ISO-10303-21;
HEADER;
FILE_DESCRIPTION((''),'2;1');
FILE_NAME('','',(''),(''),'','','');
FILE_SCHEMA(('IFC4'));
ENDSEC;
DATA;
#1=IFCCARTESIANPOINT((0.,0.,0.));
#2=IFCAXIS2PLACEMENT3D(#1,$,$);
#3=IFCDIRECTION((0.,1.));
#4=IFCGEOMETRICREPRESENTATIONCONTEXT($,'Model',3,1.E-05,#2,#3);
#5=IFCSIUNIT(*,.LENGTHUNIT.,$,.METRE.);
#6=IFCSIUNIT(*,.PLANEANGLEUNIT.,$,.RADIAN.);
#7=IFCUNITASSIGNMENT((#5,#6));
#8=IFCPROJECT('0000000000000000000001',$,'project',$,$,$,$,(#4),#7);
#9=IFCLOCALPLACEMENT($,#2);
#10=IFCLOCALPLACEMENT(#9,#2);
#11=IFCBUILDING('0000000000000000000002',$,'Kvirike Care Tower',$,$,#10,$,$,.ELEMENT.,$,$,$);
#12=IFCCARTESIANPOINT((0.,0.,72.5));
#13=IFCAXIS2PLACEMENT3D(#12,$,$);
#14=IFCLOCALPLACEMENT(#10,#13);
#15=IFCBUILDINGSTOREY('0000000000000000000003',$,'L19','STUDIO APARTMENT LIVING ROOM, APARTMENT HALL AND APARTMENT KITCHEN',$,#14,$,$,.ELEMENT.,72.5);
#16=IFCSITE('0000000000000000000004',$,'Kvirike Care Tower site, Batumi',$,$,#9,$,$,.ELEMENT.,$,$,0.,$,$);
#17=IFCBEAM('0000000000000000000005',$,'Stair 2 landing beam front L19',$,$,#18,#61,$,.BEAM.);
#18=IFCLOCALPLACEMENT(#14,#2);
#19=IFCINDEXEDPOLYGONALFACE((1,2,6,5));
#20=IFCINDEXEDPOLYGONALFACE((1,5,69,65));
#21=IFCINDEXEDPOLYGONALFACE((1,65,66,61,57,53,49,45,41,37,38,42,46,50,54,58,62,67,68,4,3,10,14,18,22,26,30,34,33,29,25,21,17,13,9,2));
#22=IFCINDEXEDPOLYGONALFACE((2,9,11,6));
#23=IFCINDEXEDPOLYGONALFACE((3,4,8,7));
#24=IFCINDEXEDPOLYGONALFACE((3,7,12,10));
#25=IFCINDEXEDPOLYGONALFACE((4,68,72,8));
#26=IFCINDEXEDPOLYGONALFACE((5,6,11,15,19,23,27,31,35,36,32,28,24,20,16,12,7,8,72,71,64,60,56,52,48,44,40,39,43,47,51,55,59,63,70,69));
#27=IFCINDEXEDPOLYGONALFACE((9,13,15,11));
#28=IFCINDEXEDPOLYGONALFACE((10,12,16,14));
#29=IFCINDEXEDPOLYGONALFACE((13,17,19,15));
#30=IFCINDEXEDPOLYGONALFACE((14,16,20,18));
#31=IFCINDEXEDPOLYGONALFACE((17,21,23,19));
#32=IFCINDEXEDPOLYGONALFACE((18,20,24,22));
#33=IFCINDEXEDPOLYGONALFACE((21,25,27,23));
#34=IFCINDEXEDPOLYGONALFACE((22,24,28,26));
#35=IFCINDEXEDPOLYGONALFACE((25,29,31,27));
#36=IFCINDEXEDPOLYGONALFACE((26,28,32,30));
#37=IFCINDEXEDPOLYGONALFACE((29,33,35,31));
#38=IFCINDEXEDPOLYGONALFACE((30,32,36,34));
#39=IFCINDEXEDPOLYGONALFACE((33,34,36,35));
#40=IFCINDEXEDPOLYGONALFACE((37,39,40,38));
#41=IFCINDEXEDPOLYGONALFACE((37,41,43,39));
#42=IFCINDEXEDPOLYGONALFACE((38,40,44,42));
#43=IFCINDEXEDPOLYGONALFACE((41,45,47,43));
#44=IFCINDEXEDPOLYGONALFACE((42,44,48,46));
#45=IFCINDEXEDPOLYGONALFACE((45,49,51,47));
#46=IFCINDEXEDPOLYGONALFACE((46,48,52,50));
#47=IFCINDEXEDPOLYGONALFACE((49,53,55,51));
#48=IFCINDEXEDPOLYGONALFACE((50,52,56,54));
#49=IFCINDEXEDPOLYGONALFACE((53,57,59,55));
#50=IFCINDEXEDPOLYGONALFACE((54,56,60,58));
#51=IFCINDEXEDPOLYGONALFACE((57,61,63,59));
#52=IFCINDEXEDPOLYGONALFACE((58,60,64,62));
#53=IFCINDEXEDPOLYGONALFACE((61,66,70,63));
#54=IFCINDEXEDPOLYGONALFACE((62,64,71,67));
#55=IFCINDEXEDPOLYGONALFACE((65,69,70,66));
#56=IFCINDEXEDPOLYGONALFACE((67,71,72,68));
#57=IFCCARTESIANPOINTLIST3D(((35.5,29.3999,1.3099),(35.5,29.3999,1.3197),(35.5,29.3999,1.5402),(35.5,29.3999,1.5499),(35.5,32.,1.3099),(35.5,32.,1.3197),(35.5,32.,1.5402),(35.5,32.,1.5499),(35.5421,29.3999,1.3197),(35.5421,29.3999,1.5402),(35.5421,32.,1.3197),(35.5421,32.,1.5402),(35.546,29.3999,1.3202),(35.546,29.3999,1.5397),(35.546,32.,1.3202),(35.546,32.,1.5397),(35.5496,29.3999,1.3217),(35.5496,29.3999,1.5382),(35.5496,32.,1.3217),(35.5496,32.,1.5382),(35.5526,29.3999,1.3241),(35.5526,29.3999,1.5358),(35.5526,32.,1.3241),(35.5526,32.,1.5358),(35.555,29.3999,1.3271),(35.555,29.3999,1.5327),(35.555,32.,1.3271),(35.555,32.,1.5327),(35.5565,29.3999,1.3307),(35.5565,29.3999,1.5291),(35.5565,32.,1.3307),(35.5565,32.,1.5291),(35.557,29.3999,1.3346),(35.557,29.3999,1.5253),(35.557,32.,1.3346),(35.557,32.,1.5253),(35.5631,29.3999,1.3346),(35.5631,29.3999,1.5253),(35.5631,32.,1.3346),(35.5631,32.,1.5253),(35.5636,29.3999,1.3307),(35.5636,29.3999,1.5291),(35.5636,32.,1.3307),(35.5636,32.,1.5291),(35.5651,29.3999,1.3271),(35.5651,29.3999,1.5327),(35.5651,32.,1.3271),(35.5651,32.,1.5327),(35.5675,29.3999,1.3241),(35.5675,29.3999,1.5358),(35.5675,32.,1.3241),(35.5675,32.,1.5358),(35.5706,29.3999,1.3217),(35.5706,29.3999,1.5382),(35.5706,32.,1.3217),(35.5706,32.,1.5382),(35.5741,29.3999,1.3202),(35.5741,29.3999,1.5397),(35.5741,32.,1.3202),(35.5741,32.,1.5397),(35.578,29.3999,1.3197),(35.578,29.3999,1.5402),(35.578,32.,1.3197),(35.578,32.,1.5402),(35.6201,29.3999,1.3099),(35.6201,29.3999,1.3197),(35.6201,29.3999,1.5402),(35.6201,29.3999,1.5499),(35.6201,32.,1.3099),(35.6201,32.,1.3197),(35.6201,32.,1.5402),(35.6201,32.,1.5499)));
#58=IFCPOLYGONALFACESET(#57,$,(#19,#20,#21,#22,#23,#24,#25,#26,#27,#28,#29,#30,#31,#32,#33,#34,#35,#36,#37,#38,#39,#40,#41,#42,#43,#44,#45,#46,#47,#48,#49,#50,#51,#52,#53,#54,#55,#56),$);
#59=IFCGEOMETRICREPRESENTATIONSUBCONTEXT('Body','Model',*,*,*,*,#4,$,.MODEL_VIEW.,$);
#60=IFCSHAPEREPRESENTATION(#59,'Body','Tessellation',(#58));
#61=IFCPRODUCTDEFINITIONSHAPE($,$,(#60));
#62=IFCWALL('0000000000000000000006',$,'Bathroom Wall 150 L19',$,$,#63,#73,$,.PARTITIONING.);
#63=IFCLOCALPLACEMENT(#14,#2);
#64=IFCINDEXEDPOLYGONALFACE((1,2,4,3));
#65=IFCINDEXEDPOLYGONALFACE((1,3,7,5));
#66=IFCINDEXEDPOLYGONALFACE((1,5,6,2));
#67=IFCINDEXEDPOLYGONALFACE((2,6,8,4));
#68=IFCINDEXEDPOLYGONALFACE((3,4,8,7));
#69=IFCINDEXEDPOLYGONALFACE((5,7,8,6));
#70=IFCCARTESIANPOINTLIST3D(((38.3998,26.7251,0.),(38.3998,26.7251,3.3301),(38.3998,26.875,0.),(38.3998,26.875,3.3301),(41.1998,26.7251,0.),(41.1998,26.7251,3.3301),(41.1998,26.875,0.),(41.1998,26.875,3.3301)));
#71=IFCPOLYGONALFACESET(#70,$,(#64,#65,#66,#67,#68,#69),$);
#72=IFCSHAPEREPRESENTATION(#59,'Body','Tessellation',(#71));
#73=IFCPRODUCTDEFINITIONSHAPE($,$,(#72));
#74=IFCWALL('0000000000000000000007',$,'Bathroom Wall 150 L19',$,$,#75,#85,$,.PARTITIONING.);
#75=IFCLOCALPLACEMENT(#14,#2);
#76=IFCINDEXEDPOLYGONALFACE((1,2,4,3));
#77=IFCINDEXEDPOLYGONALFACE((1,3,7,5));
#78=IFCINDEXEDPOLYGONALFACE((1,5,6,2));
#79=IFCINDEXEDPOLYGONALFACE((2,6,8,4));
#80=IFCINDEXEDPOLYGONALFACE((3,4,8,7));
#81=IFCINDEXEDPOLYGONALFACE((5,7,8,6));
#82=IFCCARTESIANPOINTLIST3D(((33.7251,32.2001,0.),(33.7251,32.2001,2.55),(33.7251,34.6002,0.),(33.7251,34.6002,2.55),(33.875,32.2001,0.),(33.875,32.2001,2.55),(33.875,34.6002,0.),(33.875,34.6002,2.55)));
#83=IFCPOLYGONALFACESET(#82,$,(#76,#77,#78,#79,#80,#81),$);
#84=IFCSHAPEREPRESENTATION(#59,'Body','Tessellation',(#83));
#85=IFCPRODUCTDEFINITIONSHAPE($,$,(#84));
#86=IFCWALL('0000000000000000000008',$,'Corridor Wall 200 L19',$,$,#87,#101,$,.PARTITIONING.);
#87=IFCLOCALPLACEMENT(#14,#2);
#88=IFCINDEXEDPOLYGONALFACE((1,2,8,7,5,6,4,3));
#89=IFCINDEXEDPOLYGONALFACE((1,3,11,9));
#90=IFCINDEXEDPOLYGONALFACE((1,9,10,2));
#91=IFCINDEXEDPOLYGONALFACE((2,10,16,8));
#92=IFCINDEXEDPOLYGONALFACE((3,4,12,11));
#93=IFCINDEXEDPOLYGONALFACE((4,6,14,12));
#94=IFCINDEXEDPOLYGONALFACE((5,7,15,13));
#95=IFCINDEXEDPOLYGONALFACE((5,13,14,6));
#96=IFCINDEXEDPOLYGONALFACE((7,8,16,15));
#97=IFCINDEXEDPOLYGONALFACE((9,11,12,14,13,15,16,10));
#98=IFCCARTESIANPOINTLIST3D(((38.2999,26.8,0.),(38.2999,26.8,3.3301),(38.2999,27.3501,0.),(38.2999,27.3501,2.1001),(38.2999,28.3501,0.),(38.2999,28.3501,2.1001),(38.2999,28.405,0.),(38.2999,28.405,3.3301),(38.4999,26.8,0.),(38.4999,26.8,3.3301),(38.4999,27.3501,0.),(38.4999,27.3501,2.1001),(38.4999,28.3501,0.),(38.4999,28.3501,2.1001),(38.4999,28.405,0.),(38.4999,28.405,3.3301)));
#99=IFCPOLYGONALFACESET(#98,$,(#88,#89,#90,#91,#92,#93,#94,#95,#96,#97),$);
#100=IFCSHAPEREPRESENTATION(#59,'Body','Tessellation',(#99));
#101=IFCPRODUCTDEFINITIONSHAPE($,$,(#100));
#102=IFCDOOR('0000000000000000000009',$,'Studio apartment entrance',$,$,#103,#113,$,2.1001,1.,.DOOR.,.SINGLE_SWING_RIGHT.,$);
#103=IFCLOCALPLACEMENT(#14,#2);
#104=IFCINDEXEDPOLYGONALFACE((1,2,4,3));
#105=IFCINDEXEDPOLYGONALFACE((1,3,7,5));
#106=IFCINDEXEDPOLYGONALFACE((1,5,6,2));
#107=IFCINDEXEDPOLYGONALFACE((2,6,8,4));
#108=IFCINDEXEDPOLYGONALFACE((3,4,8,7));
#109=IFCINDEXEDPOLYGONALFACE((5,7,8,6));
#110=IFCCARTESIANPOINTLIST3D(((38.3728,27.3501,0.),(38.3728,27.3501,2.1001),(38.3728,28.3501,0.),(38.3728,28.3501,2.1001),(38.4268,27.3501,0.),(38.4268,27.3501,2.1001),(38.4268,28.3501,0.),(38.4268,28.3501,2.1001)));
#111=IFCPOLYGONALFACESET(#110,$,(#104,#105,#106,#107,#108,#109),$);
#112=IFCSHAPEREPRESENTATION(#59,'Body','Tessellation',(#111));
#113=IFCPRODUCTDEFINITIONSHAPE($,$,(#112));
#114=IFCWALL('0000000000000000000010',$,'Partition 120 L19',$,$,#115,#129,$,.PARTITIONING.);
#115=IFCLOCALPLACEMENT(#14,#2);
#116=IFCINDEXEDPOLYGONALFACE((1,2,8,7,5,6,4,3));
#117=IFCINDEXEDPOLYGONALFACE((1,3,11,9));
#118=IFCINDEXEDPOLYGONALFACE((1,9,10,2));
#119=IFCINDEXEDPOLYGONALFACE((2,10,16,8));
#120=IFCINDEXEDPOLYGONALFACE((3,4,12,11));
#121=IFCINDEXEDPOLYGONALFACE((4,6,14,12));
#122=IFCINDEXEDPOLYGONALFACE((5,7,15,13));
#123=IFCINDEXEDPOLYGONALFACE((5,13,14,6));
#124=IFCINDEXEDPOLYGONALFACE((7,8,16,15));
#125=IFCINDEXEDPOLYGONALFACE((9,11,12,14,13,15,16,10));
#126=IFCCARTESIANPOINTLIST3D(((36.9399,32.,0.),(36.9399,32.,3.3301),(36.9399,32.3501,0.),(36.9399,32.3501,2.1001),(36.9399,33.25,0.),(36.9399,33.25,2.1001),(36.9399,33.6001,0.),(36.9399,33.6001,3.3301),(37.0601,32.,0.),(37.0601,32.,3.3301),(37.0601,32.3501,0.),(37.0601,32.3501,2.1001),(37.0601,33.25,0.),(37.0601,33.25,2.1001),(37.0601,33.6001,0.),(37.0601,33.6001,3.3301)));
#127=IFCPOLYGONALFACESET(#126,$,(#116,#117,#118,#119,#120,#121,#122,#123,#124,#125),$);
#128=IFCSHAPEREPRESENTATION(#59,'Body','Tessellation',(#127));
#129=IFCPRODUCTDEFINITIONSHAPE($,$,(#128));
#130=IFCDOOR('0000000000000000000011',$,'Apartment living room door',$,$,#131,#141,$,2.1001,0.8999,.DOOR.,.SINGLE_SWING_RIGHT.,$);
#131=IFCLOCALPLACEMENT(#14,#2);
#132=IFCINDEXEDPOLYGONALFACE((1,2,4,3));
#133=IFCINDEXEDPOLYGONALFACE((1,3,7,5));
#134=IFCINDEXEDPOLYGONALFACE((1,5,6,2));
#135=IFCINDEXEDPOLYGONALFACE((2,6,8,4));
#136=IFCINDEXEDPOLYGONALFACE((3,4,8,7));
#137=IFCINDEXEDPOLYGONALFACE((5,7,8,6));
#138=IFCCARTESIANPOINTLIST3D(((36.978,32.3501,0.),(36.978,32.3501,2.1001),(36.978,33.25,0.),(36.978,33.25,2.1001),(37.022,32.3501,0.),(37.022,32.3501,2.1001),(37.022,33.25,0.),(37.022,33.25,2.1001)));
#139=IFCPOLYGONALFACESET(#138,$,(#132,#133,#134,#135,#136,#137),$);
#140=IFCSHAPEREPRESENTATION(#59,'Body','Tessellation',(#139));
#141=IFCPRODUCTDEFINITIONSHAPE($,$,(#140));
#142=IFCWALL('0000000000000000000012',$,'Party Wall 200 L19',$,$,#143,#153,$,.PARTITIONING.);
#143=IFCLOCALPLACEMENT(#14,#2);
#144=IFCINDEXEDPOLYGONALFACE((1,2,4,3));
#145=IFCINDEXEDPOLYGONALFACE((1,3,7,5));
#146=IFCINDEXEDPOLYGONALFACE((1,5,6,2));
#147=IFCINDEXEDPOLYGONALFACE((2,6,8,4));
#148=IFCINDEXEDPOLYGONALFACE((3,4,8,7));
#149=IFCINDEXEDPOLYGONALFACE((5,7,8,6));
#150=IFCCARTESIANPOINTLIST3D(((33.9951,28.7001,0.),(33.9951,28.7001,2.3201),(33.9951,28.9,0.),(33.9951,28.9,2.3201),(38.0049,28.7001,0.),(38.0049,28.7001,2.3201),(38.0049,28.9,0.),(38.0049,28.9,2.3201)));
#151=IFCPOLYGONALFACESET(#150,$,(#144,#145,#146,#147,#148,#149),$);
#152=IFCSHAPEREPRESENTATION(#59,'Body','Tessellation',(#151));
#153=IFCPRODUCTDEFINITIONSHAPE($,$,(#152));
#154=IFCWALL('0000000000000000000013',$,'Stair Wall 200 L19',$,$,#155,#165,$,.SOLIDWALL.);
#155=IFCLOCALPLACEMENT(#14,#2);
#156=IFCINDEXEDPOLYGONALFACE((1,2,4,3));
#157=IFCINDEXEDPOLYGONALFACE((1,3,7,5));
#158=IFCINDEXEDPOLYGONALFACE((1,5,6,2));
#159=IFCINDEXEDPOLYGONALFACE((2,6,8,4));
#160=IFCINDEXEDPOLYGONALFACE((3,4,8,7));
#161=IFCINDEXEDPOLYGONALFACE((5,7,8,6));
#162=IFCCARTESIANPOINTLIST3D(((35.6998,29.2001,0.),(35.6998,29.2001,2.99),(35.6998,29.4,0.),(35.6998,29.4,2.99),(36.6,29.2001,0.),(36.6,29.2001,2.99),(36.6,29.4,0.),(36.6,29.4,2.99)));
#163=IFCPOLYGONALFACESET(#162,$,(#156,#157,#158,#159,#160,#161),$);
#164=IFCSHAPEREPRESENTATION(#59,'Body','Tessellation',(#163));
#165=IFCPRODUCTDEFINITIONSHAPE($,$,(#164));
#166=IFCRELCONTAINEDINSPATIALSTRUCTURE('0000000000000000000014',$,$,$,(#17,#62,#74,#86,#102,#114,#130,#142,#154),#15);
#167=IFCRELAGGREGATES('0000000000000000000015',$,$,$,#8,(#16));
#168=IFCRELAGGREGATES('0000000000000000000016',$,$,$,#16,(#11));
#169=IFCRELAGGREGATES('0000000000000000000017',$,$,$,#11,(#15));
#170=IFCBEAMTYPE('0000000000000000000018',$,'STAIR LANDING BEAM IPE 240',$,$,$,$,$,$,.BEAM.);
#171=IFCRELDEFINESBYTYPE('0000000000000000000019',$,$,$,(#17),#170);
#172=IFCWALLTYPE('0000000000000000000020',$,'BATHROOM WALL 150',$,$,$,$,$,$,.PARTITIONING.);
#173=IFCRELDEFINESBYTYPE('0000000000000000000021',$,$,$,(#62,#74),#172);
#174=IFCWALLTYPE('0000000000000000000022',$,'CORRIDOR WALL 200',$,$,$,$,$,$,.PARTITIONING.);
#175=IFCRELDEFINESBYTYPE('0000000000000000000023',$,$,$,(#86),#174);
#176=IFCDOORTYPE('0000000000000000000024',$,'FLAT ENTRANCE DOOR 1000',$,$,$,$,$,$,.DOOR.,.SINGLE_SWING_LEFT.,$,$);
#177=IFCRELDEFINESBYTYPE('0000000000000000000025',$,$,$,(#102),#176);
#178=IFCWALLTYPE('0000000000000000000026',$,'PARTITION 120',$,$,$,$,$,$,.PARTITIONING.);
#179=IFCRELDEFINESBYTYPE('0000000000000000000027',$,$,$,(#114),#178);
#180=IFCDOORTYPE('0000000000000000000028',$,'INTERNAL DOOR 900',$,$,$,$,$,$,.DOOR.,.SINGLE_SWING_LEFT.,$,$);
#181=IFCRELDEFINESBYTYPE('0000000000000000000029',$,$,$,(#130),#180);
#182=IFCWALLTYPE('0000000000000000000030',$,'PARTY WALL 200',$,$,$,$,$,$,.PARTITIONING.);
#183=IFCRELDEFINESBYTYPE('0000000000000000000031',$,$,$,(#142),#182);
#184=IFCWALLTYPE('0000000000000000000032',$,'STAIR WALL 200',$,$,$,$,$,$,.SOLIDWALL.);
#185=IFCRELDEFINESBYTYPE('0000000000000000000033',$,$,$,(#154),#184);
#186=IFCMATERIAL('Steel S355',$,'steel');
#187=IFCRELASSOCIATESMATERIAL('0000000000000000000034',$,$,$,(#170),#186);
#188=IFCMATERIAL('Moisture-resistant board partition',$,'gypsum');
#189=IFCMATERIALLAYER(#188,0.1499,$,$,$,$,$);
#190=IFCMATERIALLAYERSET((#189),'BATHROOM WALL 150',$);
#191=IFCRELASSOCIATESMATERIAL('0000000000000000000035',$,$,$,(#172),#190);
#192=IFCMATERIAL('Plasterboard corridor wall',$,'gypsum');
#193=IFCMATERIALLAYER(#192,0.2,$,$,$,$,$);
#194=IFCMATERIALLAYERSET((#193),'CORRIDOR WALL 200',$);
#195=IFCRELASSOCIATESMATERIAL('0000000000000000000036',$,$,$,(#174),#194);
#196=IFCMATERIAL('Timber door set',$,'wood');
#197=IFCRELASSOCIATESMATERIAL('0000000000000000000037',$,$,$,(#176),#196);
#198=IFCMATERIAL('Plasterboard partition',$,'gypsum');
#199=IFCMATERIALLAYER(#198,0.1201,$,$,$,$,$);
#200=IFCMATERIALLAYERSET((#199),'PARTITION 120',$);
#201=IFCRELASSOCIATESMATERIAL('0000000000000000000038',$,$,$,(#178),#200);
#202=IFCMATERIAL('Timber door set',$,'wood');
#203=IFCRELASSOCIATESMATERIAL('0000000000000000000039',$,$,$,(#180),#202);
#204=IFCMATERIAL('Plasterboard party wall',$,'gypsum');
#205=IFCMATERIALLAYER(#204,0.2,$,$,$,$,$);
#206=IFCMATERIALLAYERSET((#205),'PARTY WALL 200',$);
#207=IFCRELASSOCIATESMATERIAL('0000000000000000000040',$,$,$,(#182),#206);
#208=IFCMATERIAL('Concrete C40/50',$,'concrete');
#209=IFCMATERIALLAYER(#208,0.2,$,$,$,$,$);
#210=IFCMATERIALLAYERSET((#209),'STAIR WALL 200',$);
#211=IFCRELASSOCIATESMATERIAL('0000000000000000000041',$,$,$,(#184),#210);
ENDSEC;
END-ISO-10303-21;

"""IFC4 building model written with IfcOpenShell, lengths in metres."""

from ifc_helpers import new_model, si_unit, direction, frame, frame_2d, origin, origin_2d, place, context, subcontext, project, spatial, rectangle, i_section, extrude, material, layer, layer_set, material_profile, profile_set, type_object, element, fill, save


model = new_model("IFC4")

# Units and contexts
model_context = context("Model", 3, precision=1e-05, world=origin(), true_north=direction((0.0, 1.0)))
body_context = subcontext(model_context, "Body", "Model", "MODEL_VIEW")
ifc_project = project(units=[si_unit("LENGTHUNIT", "METRE"), si_unit("PLANEANGLEUNIT", "RADIAN")], contexts=[model_context])

# Site, building, storey
site_placement = place(None, origin())
site = spatial("IfcSite", under=ifc_project, at=site_placement, Name="Kvirike Care Tower site, Batumi", CompositionType="ELEMENT", RefElevation=0.0)
building_placement = place(site_placement, origin())
building = spatial("IfcBuilding", under=site, at=building_placement, Name="Kvirike Care Tower", CompositionType="ELEMENT")
storey_placement = place(building_placement, frame((0.0, 0.0, 72.5)))
storey = spatial("IfcBuildingStorey", under=building, at=storey_placement, Name="L19", Description="STUDIO APARTMENT LIVING ROOM, APARTMENT HALL AND APARTMENT KITCHEN", CompositionType="ELEMENT", Elevation=72.5)

# Beam
ifc_material_1 = material(Name="Steel S355", Category="steel")
ifc_material_profile_1 = material_profile(ifc_material_1, i_section(OverallWidth=0.1201, OverallDepth=0.24, WebThickness=0.0061, FlangeThickness=0.0098, FilletRadius=0.0149, at=origin_2d()), Name="IPE 240")
ifc_profile_set_1 = profile_set([ifc_material_profile_1], Name="Steel S355")
beam_type_1 = type_object("IfcBeamType", Name="STAIR LANDING BEAM IPE 240", PredefinedType="BEAM", material=ifc_profile_set_1)
for number, where, z_axis, x_axis, name in (
    (1, (35.5601, 29.3999, 1.4299), (0.0, 1.0, 0.0), (-1.0, 0.0, 0.0), "Stair 2 landing beam front L19"),
):
    element("IfcBeam", number, at=place(storey_placement, frame(where, z_axis=z_axis, x_axis=x_axis)), inside=storey, type_object=beam_type_1, Name=name, PredefinedType="BEAM", context=body_context, shape_type="SweptSolid", body=[
        extrude(i_section(OverallWidth=0.1201, OverallDepth=0.24, WebThickness=0.0061, FlangeThickness=0.0098, FilletRadius=0.0149, at=origin_2d()), origin(), (0.0, 0.0, 1.0), 2.6001),
    ])

# Walls
ifc_material_2 = material(Name="Moisture-resistant board partition", Category="gypsum")
ifc_layer_1 = layer(ifc_material_2, 0.1499)
ifc_layer_set_1 = layer_set([ifc_layer_1], Name="BATHROOM WALL 150")
wall_type_1 = type_object("IfcWallType", Name="BATHROOM WALL 150", PredefinedType="PARTITIONING", material=ifc_layer_set_1)
wall_1_placement = place(storey_placement, frame((38.3999, 26.8, 0.0), z_axis=(0.0, 0.0, 1.0), x_axis=(1.0, 0.0, 0.0)))
element("IfcWall", 2, at=wall_1_placement, inside=storey, type_object=wall_type_1, Name="Bathroom Wall 150 L19", PredefinedType="PARTITIONING", context=body_context, shape_type="SweptSolid", body=[
    extrude(rectangle(XDim=2.8, YDim=0.1499, at=frame_2d((1.3999, 0.0))), origin(), (0.0, 0.0, 1.0), 3.3301),
])
wall_2_placement = place(storey_placement, frame((33.8, 32.2, 0.0), z_axis=(0.0, 0.0, 1.0), x_axis=(0.0, 1.0, 0.0)))
element("IfcWall", 3, at=wall_2_placement, inside=storey, type_object=wall_type_1, Name="Bathroom Wall 150 L19", PredefinedType="PARTITIONING", context=body_context, shape_type="SweptSolid", body=[
    extrude(rectangle(XDim=2.4001, YDim=0.1499, at=frame_2d((1.2002, 0.0))), origin(), (0.0, 0.0, 1.0), 2.55),
])

# Walls, openings, doors
ifc_material_3 = material(Name="Plasterboard corridor wall", Category="gypsum")
ifc_layer_2 = layer(ifc_material_3, 0.2)
ifc_layer_set_2 = layer_set([ifc_layer_2], Name="CORRIDOR WALL 200")
wall_type_2 = type_object("IfcWallType", Name="CORRIDOR WALL 200", PredefinedType="PARTITIONING", material=ifc_layer_set_2)
wall_3_placement = place(storey_placement, frame((38.3999, 26.8, 0.0), z_axis=(0.0, 0.0, 1.0), x_axis=(0.0, 1.0, 0.0)))
wall_3 = element("IfcWall", 4, at=wall_3_placement, inside=storey, type_object=wall_type_2, Name="Corridor Wall 200 L19", PredefinedType="PARTITIONING", context=body_context, shape_type="SweptSolid", body=[
    extrude(rectangle(XDim=1.605, YDim=0.2, at=frame_2d((0.8025, 0.0))), origin(), (0.0, 0.0, 1.0), 3.3301),
])
opening_1_placement = place(wall_3_placement, frame((0.55, 0.0, 0.0)))
opening_1 = element("IfcOpeningElement", 5, at=opening_1_placement, cuts=wall_3, PredefinedType="OPENING", context=body_context, shape_type="SweptSolid", body=[
    extrude(rectangle(XDim=1.0, YDim=2.1001, at=frame_2d((0.5, 1.05))), frame((0.0, 0.1106, 0.0), z_axis=(0.0, -1.0, 0.0), x_axis=(1.0, 0.0, 0.0)), (0.0, 0.0, 1.0), 0.2209),
])
ifc_material_4 = material(Name="Timber door set", Category="wood")
door_type_1 = type_object("IfcDoorType", Name="FLAT ENTRANCE DOOR 1000", OperationType="SINGLE_SWING_LEFT", PredefinedType="DOOR", material=ifc_material_4)
door_1_placement = place(opening_1_placement, frame((1.0, 0.0, 0.0), z_axis=(0.0, 0.0, 1.0), x_axis=(-1.0, 0.0, 0.0)))
door_1 = element("IfcDoor", 6, at=door_1_placement, inside=storey, type_object=door_type_1, Name="Studio apartment entrance", OperationType="SINGLE_SWING_RIGHT", OverallHeight=2.1001, OverallWidth=1.0, PredefinedType="DOOR", context=body_context, shape_type="SweptSolid", body=[
    extrude(rectangle(XDim=1.0, YDim=2.1001, at=frame_2d((0.5, 1.05))), frame((0.0, 0.0269, 0.0), z_axis=(0.0, -1.0, 0.0), x_axis=(1.0, 0.0, 0.0)), (0.0, 0.0, 1.0), 0.054),
])
fill(opening_1, door_1)
ifc_material_5 = material(Name="Plasterboard partition", Category="gypsum")
ifc_layer_3 = layer(ifc_material_5, 0.1201)
ifc_layer_set_3 = layer_set([ifc_layer_3], Name="PARTITION 120")
wall_type_3 = type_object("IfcWallType", Name="PARTITION 120", PredefinedType="PARTITIONING", material=ifc_layer_set_3)
wall_4_placement = place(storey_placement, frame((37.0, 32.0, 0.0), z_axis=(0.0, 0.0, 1.0), x_axis=(0.0, 1.0, 0.0)))
wall_4 = element("IfcWall", 7, at=wall_4_placement, inside=storey, type_object=wall_type_3, Name="Partition 120 L19", PredefinedType="PARTITIONING", context=body_context, shape_type="SweptSolid", body=[
    extrude(rectangle(XDim=1.6001, YDim=0.1201, at=frame_2d((0.8, 0.0))), origin(), (0.0, 0.0, 1.0), 3.3301),
])
opening_2_placement = place(wall_4_placement, frame((0.3501, 0.0, 0.0)))
opening_2 = element("IfcOpeningElement", 8, at=opening_2_placement, cuts=wall_4, PredefinedType="OPENING", context=body_context, shape_type="SweptSolid", body=[
    extrude(rectangle(XDim=0.8999, YDim=2.1001, at=frame_2d((0.45, 1.05))), frame((0.0, 0.0706, 0.0), z_axis=(0.0, -1.0, 0.0), x_axis=(1.0, 0.0, 0.0)), (0.0, 0.0, 1.0), 0.1411),
])
ifc_material_6 = material(Name="Timber door set", Category="wood")
door_type_2 = type_object("IfcDoorType", Name="INTERNAL DOOR 900", OperationType="SINGLE_SWING_LEFT", PredefinedType="DOOR", material=ifc_material_6)
door_2_placement = place(opening_2_placement, origin())
door_2 = element("IfcDoor", 9, at=door_2_placement, inside=storey, type_object=door_type_2, Name="Apartment living room door", OperationType="SINGLE_SWING_RIGHT", OverallHeight=2.1001, OverallWidth=0.8999, PredefinedType="DOOR", context=body_context, shape_type="SweptSolid", body=[
    extrude(rectangle(XDim=0.8999, YDim=2.1001, at=frame_2d((0.45, 1.05))), frame((0.0, 0.022, 0.0), z_axis=(0.0, -1.0, 0.0), x_axis=(1.0, 0.0, 0.0)), (0.0, 0.0, 1.0), 0.0439),
])
fill(opening_2, door_2)

# Walls
ifc_material_7 = material(Name="Plasterboard party wall", Category="gypsum")
ifc_layer_4 = layer(ifc_material_7, 0.2)
ifc_layer_set_4 = layer_set([ifc_layer_4], Name="PARTY WALL 200")
wall_type_4 = type_object("IfcWallType", Name="PARTY WALL 200", PredefinedType="PARTITIONING", material=ifc_layer_set_4)
wall_5_placement = place(storey_placement, frame((38.0049, 28.8, 0.0), z_axis=(0.0, 0.0, 1.0), x_axis=(-1.0, 0.0, 0.0)))
element("IfcWall", 10, at=wall_5_placement, inside=storey, type_object=wall_type_4, Name="Party Wall 200 L19", PredefinedType="PARTITIONING", context=body_context, shape_type="SweptSolid", body=[
    extrude(rectangle(XDim=4.0098, YDim=0.2, at=frame_2d((2.0049, 0.0))), origin(), (0.0, 0.0, 1.0), 2.3201),
])
ifc_material_8 = material(Name="Concrete C40/50", Category="concrete")
ifc_layer_5 = layer(ifc_material_8, 0.2)
ifc_layer_set_5 = layer_set([ifc_layer_5], Name="STAIR WALL 200")
wall_type_5 = type_object("IfcWallType", Name="STAIR WALL 200", PredefinedType="SOLIDWALL", material=ifc_layer_set_5)
wall_6_placement = place(storey_placement, frame((36.6001, 29.3, 0.0), z_axis=(0.0, 0.0, 1.0), x_axis=(-1.0, 0.0, 0.0)))
element("IfcWall", 11, at=wall_6_placement, inside=storey, type_object=wall_type_5, Name="Stair Wall 200 L19", PredefinedType="SOLIDWALL", context=body_context, shape_type="SweptSolid", body=[
    extrude(rectangle(XDim=0.9001, YDim=0.2, at=frame_2d((0.4502, 0.0))), origin(), (0.0, 0.0, 1.0), 2.99),
])

save(model, "model.ifc")
